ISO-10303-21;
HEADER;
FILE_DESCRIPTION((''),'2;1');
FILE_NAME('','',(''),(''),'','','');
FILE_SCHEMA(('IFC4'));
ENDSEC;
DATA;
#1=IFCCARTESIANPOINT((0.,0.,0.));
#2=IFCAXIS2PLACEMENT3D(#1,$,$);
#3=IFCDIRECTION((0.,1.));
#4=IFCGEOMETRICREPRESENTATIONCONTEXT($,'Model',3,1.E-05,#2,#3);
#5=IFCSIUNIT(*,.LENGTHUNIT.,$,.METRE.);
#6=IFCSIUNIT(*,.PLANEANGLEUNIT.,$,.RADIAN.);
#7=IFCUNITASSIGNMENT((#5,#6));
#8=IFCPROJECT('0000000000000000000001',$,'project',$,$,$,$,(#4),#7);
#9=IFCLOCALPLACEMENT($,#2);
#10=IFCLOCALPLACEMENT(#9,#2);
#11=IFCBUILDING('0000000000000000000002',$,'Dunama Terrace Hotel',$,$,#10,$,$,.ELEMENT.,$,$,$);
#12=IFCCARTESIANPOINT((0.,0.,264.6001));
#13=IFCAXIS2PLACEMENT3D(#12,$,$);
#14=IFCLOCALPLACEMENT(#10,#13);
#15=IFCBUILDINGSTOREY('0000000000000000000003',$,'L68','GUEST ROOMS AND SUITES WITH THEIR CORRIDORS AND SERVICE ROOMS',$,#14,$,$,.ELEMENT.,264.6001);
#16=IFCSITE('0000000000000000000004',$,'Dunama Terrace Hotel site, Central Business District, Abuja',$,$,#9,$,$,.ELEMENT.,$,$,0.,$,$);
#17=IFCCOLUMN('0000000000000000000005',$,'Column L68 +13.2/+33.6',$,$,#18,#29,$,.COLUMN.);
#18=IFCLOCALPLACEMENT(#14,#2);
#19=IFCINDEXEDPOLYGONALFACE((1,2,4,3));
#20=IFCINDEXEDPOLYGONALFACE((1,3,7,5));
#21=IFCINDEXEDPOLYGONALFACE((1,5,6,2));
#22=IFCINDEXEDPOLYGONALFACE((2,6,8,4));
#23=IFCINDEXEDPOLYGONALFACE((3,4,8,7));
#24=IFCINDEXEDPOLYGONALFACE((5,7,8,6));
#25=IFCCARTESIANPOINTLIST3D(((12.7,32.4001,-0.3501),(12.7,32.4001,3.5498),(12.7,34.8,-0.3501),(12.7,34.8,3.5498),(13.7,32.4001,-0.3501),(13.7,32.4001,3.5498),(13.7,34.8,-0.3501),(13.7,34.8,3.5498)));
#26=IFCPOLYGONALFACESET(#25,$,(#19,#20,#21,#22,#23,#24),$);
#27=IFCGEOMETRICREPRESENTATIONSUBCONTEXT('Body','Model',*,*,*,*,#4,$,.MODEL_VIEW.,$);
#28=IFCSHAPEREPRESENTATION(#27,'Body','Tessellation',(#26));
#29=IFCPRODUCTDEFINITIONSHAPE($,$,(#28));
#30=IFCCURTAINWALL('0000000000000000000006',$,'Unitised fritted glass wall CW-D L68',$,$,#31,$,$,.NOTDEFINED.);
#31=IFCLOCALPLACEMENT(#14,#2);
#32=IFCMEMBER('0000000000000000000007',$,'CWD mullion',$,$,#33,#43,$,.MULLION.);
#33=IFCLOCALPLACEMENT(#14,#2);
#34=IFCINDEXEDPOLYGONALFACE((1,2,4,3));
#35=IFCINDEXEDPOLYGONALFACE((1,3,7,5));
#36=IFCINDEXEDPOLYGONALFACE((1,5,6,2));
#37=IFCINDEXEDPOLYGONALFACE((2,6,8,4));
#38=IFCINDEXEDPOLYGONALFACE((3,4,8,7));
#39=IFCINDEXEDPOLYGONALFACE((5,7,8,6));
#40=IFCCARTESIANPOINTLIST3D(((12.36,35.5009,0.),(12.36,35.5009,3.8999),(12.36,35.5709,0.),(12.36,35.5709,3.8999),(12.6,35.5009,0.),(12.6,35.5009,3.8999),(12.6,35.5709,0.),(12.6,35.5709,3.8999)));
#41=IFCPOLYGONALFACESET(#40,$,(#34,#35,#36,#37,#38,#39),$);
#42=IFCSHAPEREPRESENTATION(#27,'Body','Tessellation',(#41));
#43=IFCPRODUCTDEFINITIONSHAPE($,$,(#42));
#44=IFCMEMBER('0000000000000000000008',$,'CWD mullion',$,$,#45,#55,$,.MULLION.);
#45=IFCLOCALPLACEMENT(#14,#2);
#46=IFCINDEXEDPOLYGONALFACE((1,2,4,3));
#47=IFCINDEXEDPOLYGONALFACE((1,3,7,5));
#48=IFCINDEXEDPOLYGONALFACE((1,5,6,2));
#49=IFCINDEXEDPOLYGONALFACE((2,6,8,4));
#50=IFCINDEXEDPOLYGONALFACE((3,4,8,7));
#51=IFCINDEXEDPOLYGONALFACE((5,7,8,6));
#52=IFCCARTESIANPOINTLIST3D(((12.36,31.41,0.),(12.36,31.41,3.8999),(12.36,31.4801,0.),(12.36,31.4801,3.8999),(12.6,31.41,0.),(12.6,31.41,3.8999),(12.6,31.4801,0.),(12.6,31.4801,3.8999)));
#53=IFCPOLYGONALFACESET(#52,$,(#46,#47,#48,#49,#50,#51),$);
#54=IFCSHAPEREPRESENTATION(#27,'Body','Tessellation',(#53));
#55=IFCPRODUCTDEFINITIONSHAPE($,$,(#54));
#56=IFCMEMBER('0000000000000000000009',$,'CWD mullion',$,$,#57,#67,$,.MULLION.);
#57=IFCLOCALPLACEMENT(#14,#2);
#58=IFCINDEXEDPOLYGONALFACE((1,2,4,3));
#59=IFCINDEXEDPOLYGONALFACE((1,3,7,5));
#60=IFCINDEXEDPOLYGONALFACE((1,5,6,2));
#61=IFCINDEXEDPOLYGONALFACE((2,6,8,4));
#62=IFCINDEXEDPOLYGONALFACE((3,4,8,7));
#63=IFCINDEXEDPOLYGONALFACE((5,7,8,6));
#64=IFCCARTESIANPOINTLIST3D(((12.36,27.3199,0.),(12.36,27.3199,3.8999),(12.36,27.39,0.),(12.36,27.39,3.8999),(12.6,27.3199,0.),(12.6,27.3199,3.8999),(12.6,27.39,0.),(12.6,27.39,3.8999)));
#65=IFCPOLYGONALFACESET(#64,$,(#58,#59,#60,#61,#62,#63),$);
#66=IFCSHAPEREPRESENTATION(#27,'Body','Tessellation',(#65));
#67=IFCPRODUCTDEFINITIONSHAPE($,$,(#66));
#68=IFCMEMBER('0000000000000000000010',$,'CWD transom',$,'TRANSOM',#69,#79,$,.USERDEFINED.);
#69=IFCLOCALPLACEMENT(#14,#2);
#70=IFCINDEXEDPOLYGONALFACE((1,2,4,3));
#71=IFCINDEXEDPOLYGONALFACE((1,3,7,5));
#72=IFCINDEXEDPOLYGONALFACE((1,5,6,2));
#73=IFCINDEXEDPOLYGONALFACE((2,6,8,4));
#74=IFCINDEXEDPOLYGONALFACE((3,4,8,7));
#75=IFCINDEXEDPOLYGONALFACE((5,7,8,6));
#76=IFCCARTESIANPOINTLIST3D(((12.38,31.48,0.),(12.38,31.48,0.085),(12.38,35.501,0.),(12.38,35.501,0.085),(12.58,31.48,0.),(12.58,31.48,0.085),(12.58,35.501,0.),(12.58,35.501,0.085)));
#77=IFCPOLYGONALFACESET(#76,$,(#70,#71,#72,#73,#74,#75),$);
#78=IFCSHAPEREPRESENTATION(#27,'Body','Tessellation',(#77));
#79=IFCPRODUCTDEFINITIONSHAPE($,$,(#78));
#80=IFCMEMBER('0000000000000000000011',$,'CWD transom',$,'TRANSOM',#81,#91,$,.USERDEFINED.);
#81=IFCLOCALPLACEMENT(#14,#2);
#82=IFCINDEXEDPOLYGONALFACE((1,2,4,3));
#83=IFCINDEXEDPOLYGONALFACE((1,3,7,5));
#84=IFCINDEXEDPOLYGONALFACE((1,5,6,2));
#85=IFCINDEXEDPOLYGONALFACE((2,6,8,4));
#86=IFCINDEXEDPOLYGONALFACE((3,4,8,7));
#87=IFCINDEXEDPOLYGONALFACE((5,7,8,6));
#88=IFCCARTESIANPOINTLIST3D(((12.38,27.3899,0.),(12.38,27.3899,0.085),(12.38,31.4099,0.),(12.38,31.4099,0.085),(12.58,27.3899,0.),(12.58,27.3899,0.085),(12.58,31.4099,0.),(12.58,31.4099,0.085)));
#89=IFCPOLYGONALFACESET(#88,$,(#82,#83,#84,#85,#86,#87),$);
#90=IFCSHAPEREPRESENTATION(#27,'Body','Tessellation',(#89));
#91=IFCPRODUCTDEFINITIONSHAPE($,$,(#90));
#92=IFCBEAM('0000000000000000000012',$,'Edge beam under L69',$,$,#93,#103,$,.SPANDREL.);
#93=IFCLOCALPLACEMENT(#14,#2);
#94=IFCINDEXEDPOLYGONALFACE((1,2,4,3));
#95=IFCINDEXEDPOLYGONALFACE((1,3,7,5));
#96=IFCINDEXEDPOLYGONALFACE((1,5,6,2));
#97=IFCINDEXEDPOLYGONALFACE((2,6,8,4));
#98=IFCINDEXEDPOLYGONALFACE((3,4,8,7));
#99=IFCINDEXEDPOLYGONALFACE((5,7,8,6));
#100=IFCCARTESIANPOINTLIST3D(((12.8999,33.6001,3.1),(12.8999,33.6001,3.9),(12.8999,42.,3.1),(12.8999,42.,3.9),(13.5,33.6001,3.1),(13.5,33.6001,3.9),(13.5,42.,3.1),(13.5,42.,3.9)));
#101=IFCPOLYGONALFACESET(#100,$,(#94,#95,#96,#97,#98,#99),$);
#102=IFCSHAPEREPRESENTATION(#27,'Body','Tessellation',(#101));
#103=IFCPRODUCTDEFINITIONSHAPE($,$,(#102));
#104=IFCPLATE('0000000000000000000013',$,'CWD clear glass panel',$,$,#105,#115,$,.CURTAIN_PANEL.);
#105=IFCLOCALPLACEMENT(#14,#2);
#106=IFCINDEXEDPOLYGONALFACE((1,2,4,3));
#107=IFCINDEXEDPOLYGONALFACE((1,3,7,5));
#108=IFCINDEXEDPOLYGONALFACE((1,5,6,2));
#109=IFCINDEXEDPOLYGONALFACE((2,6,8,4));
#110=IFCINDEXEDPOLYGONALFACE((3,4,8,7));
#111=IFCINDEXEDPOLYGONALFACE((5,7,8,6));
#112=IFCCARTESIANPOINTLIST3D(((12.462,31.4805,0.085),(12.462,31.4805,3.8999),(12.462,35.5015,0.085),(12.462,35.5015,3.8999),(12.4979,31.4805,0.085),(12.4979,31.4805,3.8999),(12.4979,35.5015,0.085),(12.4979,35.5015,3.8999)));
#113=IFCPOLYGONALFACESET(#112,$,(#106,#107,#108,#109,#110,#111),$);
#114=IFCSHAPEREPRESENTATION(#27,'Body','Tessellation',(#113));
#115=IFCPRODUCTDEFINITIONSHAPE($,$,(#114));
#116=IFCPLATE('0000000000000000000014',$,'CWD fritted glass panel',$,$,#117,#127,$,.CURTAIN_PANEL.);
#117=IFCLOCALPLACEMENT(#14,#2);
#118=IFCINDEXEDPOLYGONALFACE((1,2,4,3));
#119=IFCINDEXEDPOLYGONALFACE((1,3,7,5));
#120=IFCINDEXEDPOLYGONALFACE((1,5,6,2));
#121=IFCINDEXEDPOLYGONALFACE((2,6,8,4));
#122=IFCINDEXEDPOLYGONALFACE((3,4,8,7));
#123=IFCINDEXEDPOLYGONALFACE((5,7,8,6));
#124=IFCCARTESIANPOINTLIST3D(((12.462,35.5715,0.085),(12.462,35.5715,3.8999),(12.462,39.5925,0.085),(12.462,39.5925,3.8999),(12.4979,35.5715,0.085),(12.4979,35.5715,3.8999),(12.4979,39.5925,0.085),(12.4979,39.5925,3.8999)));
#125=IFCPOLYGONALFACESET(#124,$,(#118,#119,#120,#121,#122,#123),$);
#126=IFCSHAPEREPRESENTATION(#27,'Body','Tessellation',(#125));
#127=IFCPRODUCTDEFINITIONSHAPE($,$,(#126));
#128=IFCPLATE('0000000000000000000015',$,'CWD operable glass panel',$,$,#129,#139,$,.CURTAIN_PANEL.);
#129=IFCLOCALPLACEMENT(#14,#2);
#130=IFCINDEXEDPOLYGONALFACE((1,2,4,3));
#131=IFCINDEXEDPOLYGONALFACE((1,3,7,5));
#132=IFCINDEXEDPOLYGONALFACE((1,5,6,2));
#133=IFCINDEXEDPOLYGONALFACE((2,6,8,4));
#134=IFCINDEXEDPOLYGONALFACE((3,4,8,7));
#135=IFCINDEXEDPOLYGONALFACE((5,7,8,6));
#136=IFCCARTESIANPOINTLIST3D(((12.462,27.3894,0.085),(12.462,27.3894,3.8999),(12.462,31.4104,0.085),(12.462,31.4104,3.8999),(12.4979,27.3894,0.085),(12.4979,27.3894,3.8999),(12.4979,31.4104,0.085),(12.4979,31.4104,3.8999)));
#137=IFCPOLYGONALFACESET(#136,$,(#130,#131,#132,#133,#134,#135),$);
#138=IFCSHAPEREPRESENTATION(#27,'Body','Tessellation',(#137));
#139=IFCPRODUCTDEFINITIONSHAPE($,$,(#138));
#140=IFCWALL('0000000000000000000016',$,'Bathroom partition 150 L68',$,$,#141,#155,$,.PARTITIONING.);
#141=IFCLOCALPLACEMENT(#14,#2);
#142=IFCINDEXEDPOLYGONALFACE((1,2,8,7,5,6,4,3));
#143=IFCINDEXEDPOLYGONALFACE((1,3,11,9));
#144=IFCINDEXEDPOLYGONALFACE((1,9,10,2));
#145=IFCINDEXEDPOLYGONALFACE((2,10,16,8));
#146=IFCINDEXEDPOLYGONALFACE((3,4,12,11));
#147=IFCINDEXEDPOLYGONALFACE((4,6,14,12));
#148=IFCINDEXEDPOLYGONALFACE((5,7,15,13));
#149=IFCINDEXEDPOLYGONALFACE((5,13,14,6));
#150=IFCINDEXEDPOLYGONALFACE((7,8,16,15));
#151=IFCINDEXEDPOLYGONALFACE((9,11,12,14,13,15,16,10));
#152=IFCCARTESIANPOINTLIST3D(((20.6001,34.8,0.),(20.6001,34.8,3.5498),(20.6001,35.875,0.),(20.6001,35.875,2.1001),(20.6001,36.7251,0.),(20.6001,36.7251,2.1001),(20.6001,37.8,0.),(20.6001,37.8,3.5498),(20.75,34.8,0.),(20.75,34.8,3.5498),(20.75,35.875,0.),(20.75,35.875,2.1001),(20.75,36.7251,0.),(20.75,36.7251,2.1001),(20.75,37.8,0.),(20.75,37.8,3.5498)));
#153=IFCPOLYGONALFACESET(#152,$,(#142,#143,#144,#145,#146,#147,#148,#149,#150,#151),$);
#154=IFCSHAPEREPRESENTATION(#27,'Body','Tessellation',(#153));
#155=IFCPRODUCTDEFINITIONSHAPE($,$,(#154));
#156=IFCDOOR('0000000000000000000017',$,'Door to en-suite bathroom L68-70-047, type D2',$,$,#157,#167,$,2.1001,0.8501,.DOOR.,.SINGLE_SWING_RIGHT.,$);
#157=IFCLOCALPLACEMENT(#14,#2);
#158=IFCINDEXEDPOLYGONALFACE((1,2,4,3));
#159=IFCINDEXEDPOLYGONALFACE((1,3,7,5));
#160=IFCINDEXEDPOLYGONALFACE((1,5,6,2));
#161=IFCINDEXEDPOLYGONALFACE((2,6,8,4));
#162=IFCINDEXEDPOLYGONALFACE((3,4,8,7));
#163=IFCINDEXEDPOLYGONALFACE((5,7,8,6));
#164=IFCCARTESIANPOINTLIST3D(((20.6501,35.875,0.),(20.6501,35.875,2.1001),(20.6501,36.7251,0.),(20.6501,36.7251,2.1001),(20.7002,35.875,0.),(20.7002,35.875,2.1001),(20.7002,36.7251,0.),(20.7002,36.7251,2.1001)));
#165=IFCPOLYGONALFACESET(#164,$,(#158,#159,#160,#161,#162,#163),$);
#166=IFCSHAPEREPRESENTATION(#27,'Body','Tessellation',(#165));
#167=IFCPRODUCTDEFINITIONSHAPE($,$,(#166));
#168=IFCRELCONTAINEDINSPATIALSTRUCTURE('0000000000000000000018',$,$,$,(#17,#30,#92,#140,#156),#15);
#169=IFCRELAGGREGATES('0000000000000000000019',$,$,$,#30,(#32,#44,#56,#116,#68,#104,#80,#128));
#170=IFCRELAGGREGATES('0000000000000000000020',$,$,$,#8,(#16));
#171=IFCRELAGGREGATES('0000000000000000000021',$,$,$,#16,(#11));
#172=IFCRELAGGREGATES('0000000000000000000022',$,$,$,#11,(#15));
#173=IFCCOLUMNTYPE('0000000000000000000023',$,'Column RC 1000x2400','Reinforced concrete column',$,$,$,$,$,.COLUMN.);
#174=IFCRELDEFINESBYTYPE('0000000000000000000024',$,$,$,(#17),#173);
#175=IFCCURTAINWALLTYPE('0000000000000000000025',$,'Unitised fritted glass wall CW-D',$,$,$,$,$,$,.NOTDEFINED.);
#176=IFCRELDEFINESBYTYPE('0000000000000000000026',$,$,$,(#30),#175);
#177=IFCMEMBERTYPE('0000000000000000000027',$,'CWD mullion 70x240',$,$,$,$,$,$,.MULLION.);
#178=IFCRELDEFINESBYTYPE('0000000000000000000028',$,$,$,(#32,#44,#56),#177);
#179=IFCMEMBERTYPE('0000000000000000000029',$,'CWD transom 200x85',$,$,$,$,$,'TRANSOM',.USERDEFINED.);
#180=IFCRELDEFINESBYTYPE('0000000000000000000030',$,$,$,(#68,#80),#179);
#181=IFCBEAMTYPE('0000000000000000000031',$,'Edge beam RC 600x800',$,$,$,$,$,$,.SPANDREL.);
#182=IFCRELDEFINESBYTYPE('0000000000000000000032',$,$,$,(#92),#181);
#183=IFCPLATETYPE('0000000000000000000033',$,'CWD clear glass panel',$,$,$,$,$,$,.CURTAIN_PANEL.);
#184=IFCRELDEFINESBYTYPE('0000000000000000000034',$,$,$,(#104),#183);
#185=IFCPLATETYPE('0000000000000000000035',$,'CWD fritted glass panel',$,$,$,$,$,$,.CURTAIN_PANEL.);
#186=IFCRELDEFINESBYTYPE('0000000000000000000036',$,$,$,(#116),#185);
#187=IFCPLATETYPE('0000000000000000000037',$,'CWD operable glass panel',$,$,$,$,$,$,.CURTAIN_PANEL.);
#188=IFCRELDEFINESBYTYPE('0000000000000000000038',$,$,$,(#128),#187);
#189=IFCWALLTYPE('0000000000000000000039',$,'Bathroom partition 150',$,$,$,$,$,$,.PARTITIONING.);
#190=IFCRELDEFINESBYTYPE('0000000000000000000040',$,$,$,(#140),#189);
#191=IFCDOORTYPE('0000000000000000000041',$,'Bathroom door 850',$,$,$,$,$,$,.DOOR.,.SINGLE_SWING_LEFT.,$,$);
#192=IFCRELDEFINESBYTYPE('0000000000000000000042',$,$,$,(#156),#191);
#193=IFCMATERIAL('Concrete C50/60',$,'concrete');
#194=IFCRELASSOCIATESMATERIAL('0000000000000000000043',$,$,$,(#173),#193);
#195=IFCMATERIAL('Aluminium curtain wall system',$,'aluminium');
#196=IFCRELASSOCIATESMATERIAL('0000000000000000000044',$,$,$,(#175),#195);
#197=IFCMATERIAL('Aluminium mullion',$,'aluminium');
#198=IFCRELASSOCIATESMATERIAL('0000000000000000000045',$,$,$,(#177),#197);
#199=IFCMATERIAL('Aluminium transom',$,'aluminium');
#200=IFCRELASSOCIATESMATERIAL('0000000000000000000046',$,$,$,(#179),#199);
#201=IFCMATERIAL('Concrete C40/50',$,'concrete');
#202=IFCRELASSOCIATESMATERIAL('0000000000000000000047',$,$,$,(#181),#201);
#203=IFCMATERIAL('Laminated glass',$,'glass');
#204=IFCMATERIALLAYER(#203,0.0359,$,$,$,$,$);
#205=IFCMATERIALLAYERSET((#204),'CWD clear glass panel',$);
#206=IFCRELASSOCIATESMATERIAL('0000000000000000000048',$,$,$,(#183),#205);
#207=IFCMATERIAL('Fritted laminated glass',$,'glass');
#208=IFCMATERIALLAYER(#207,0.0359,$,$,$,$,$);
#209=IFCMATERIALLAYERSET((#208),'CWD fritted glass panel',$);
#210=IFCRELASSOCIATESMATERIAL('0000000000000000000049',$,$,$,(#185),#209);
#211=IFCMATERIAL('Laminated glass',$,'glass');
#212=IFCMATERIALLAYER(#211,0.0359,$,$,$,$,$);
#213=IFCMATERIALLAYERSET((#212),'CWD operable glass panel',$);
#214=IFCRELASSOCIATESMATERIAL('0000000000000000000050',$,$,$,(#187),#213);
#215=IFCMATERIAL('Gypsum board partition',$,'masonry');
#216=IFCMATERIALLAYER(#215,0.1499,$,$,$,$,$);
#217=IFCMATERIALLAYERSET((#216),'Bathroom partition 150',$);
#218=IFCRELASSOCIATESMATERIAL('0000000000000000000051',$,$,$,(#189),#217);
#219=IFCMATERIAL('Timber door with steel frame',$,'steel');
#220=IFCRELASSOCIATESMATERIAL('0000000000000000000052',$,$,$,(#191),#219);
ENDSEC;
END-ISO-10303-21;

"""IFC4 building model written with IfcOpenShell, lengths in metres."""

from ifc_helpers import new_model, si_unit, direction, frame, frame_2d, origin, origin_2d, place, context, subcontext, project, spatial, rectangle, extrude, material, layer, layer_set, material_profile, profile_set, type_object, element, fill, aggregate, save


model = new_model("IFC4")

# Units and contexts
model_context = context("Model", 3, precision=1e-05, world=origin(), true_north=direction((0.0, 1.0)))
body_context = subcontext(model_context, "Body", "Model", "MODEL_VIEW")
ifc_project = project(units=[si_unit("LENGTHUNIT", "METRE"), si_unit("PLANEANGLEUNIT", "RADIAN")], contexts=[model_context])

# Site, building, storey
site_placement = place(None, origin())
site = spatial("IfcSite", under=ifc_project, at=site_placement, Name="Dunama Terrace Hotel site, Central Business District, Abuja", CompositionType="ELEMENT", RefElevation=0.0)
building_placement = place(site_placement, origin())
building = spatial("IfcBuilding", under=site, at=building_placement, Name="Dunama Terrace Hotel", CompositionType="ELEMENT")
storey_placement = place(building_placement, frame((0.0, 0.0, 264.6001)))
storey = spatial("IfcBuildingStorey", under=building, at=storey_placement, Name="L68", Description="GUEST ROOMS AND SUITES WITH THEIR CORRIDORS AND SERVICE ROOMS", CompositionType="ELEMENT", Elevation=264.6001)

# Column
ifc_material_1 = material(Name="Concrete C50/60", Category="concrete")
ifc_material_profile_1 = material_profile(ifc_material_1, rectangle(XDim=1.0, YDim=2.3999, at=origin_2d()), Name="RC 1000x2400")
ifc_profile_set_1 = profile_set([ifc_material_profile_1], Name="Concrete C50/60")
column_type = type_object("IfcColumnType", Name="Column RC 1000x2400", Description="Reinforced concrete column", PredefinedType="COLUMN", material=ifc_profile_set_1)
column_placement = place(storey_placement, frame((13.2, 33.6001, -0.3501), z_axis=(0.0, 0.0, 1.0), x_axis=(1.0, 0.0, 0.0)))
element("IfcColumn", 1, at=column_placement, inside=storey, type_object=column_type, Name="Column L68 +13.2/+33.6", PredefinedType="COLUMN", context=body_context, shape_type="SweptSolid", body=[
    extrude(rectangle(XDim=1.0, YDim=2.3999, at=origin_2d()), origin(), (0.0, 0.0, 1.0), 3.8999),
])

# Curtain wall, members
ifc_material_2 = material(Name="Aluminium curtain wall system", Category="aluminium")
curtain_wall_type = type_object("IfcCurtainWallType", Name="Unitised fritted glass wall CW-D", PredefinedType="NOTDEFINED", material=ifc_material_2)
curtain_wall_placement = place(storey_placement, origin())
curtain_wall = element("IfcCurtainWall", 2, at=curtain_wall_placement, inside=storey, type_object=curtain_wall_type, Name="Unitised fritted glass wall CW-D L68", PredefinedType="NOTDEFINED")
ifc_material_3 = material(Name="Aluminium mullion", Category="aluminium")
ifc_material_profile_2 = material_profile(ifc_material_3, rectangle(XDim=0.0701, YDim=0.24, at=origin_2d()), Name="CWD MULLION 70X240")
ifc_profile_set_2 = profile_set([ifc_material_profile_2], Name="Aluminium mullion")
member_type_1 = type_object("IfcMemberType", Name="CWD mullion 70x240", PredefinedType="MULLION", material=ifc_profile_set_2)
member_1_placement = place(storey_placement, frame((12.48, 35.5359, 0.0), z_axis=(0.0, 0.0, 1.0), x_axis=(0.0, -1.0, 0.0)))
member_1 = element("IfcMember", 3, at=member_1_placement, type_object=member_type_1, Name="CWD mullion", PredefinedType="MULLION", context=body_context, shape_type="SweptSolid", body=[
    extrude(rectangle(XDim=0.0701, YDim=0.24, at=origin_2d()), origin(), (0.0, 0.0, 1.0), 3.8999),
])
member_2_placement = place(storey_placement, frame((12.48, 31.4451, 0.0), z_axis=(0.0, 0.0, 1.0), x_axis=(0.0, -1.0, 0.0)))
member_2 = element("IfcMember", 4, at=member_2_placement, type_object=member_type_1, Name="CWD mullion", PredefinedType="MULLION", context=body_context, shape_type="SweptSolid", body=[
    extrude(rectangle(XDim=0.0701, YDim=0.24, at=origin_2d()), origin(), (0.0, 0.0, 1.0), 3.8999),
])
member_3_placement = place(storey_placement, frame((12.48, 27.355, 0.0), z_axis=(0.0, 0.0, 1.0), x_axis=(0.0, -1.0, 0.0)))
member_3 = element("IfcMember", 5, at=member_3_placement, type_object=member_type_1, Name="CWD mullion", PredefinedType="MULLION", context=body_context, shape_type="SweptSolid", body=[
    extrude(rectangle(XDim=0.0701, YDim=0.24, at=origin_2d()), origin(), (0.0, 0.0, 1.0), 3.8999),
])
ifc_material_4 = material(Name="Aluminium transom", Category="aluminium")
ifc_material_profile_3 = material_profile(ifc_material_4, rectangle(XDim=0.2, YDim=0.085, at=origin_2d()), Name="CWD TRANSOM 200X85")
ifc_profile_set_3 = profile_set([ifc_material_profile_3], Name="Aluminium transom")
member_type_2 = type_object("IfcMemberType", Name="CWD transom 200x85", ElementType="TRANSOM", PredefinedType="USERDEFINED", material=ifc_profile_set_3)
member_4_placement = place(storey_placement, frame((12.48, 35.501, 0.0425), z_axis=(0.0, -1.0, 0.0), x_axis=(1.0, 0.0, 0.0)))
member_4 = element("IfcMember", 6, at=member_4_placement, type_object=member_type_2, Name="CWD transom", ObjectType="TRANSOM", PredefinedType="USERDEFINED", context=body_context, shape_type="SweptSolid", body=[
    extrude(rectangle(XDim=0.2, YDim=0.085, at=origin_2d()), origin(), (0.0, 0.0, 1.0), 4.021),
])
member_5_placement = place(storey_placement, frame((12.48, 31.4099, 0.0425), z_axis=(0.0, -1.0, 0.0), x_axis=(1.0, 0.0, 0.0)))
member_5 = element("IfcMember", 7, at=member_5_placement, type_object=member_type_2, Name="CWD transom", ObjectType="TRANSOM", PredefinedType="USERDEFINED", context=body_context, shape_type="SweptSolid", body=[
    extrude(rectangle(XDim=0.2, YDim=0.085, at=origin_2d()), origin(), (0.0, 0.0, 1.0), 4.02),
])

# Beam
ifc_material_5 = material(Name="Concrete C40/50", Category="concrete")
ifc_material_profile_4 = material_profile(ifc_material_5, rectangle(XDim=0.6001, YDim=0.8, at=origin_2d()), Name="RC 600x800")
ifc_profile_set_4 = profile_set([ifc_material_profile_4], Name="Concrete C40/50")
beam_type = type_object("IfcBeamType", Name="Edge beam RC 600x800", PredefinedType="SPANDREL", material=ifc_profile_set_4)
beam_placement = place(storey_placement, frame((13.2, 33.6001, 3.5), z_axis=(0.0, 1.0, 0.0), x_axis=(-1.0, 0.0, 0.0)))
element("IfcBeam", 8, at=beam_placement, inside=storey, type_object=beam_type, Name="Edge beam under L69", PredefinedType="SPANDREL", context=body_context, shape_type="SweptSolid", body=[
    extrude(rectangle(XDim=0.6001, YDim=0.8, at=origin_2d()), origin(), (0.0, 0.0, 1.0), 8.3999),
])

# Plates
ifc_material_6 = material(Name="Laminated glass", Category="glass")
ifc_layer_1 = layer(ifc_material_6, 0.0359)
ifc_layer_set_1 = layer_set([ifc_layer_1], Name="CWD clear glass panel")
plate_type_1 = type_object("IfcPlateType", Name="CWD clear glass panel", PredefinedType="CURTAIN_PANEL", material=ifc_layer_set_1)
plate_1_placement = place(storey_placement, frame((12.48, 33.491, 0.085), z_axis=(0.0, 0.0, 1.0), x_axis=(0.0, -1.0, 0.0)))
plate_1 = element("IfcPlate", 9, at=plate_1_placement, type_object=plate_type_1, Name="CWD clear glass panel", PredefinedType="CURTAIN_PANEL", context=body_context, shape_type="SweptSolid", body=[
    extrude(rectangle(XDim=4.021, YDim=0.0359, at=origin_2d()), origin(), (0.0, 0.0, 1.0), 3.8149),
])
ifc_material_7 = material(Name="Fritted laminated glass", Category="glass")
ifc_layer_2 = layer(ifc_material_7, 0.0359)
ifc_layer_set_2 = layer_set([ifc_layer_2], Name="CWD fritted glass panel")
plate_type_2 = type_object("IfcPlateType", Name="CWD fritted glass panel", PredefinedType="CURTAIN_PANEL", material=ifc_layer_set_2)
plate_2_placement = place(storey_placement, frame((12.48, 37.582, 0.085), z_axis=(0.0, 0.0, 1.0), x_axis=(0.0, -1.0, 0.0)))
plate_2 = element("IfcPlate", 10, at=plate_2_placement, type_object=plate_type_2, Name="CWD fritted glass panel", PredefinedType="CURTAIN_PANEL", context=body_context, shape_type="SweptSolid", body=[
    extrude(rectangle(XDim=4.021, YDim=0.0359, at=origin_2d()), origin(), (0.0, 0.0, 1.0), 3.8149),
])
ifc_material_8 = material(Name="Laminated glass", Category="glass")
ifc_layer_3 = layer(ifc_material_8, 0.0359)
ifc_layer_set_3 = layer_set([ifc_layer_3], Name="CWD operable glass panel")
plate_type_3 = type_object("IfcPlateType", Name="CWD operable glass panel", PredefinedType="CURTAIN_PANEL", material=ifc_layer_set_3)
plate_3_placement = place(storey_placement, frame((12.48, 29.3999, 0.085), z_axis=(0.0, 0.0, 1.0), x_axis=(0.0, -1.0, 0.0)))
plate_3 = element("IfcPlate", 11, at=plate_3_placement, type_object=plate_type_3, Name="CWD operable glass panel", PredefinedType="CURTAIN_PANEL", context=body_context, shape_type="SweptSolid", body=[
    extrude(rectangle(XDim=4.021, YDim=0.0359, at=origin_2d()), origin(), (0.0, 0.0, 1.0), 3.8149),
])
aggregate(curtain_wall, [member_1, member_2, member_3, plate_2, member_4, plate_1, member_5, plate_3])

# Wall, opening, door
ifc_material_9 = material(Name="Gypsum board partition", Category="masonry")
ifc_layer_4 = layer(ifc_material_9, 0.1499)
ifc_layer_set_4 = layer_set([ifc_layer_4], Name="Bathroom partition 150")
wall_type_1 = type_object("IfcWallType", Name="Bathroom partition 150", PredefinedType="PARTITIONING", material=ifc_layer_set_4)
wall_1_placement = place(storey_placement, frame((20.675, 34.8, 0.0), z_axis=(0.0, 0.0, 1.0), x_axis=(0.0, 1.0, 0.0)))
wall_1 = element("IfcWall", 12, at=wall_1_placement, inside=storey, type_object=wall_type_1, Name="Bathroom partition 150 L68", PredefinedType="PARTITIONING", context=body_context, shape_type="SweptSolid", body=[
    extrude(rectangle(XDim=3.0, YDim=0.1499, at=frame_2d((1.5, 0.0))), origin(), (0.0, 0.0, 1.0), 3.5498),
])
opening_1_placement = place(wall_1_placement, frame((1.075, 0.0, 0.0)))
opening_1 = element("IfcOpeningElement", 13, at=opening_1_placement, cuts=wall_1, PredefinedType="OPENING", context=body_context, shape_type="SweptSolid", body=[
    extrude(rectangle(XDim=0.8501, YDim=2.1001, at=frame_2d((0.425, 1.05))), frame((0.0, 0.085, 0.0), z_axis=(0.0, -1.0, 0.0), x_axis=(1.0, 0.0, 0.0)), (0.0, 0.0, 1.0), 0.1699),
])
ifc_material_10 = material(Name="Timber door with steel frame", Category="steel")
door_type_1 = type_object("IfcDoorType", Name="Bathroom door 850", OperationType="SINGLE_SWING_LEFT", PredefinedType="DOOR", material=ifc_material_10)
door_1_placement = place(opening_1_placement, origin())
door_1 = element("IfcDoor", 14, at=door_1_placement, inside=storey, type_object=door_type_1, Name="Door to en-suite bathroom L68-70-047, type D2", OperationType="SINGLE_SWING_RIGHT", OverallHeight=2.1001, OverallWidth=0.8501, PredefinedType="DOOR", context=body_context, shape_type="SweptSolid", body=[
    extrude(rectangle(XDim=0.8501, YDim=2.1001, at=frame_2d((0.425, 1.05))), frame((0.0, 0.0249, 0.0), z_axis=(0.0, -1.0, 0.0), x_axis=(1.0, 0.0, 0.0)), (0.0, 0.0, 1.0), 0.05),
])
fill(opening_1, door_1)

save(model, "model.ifc")
